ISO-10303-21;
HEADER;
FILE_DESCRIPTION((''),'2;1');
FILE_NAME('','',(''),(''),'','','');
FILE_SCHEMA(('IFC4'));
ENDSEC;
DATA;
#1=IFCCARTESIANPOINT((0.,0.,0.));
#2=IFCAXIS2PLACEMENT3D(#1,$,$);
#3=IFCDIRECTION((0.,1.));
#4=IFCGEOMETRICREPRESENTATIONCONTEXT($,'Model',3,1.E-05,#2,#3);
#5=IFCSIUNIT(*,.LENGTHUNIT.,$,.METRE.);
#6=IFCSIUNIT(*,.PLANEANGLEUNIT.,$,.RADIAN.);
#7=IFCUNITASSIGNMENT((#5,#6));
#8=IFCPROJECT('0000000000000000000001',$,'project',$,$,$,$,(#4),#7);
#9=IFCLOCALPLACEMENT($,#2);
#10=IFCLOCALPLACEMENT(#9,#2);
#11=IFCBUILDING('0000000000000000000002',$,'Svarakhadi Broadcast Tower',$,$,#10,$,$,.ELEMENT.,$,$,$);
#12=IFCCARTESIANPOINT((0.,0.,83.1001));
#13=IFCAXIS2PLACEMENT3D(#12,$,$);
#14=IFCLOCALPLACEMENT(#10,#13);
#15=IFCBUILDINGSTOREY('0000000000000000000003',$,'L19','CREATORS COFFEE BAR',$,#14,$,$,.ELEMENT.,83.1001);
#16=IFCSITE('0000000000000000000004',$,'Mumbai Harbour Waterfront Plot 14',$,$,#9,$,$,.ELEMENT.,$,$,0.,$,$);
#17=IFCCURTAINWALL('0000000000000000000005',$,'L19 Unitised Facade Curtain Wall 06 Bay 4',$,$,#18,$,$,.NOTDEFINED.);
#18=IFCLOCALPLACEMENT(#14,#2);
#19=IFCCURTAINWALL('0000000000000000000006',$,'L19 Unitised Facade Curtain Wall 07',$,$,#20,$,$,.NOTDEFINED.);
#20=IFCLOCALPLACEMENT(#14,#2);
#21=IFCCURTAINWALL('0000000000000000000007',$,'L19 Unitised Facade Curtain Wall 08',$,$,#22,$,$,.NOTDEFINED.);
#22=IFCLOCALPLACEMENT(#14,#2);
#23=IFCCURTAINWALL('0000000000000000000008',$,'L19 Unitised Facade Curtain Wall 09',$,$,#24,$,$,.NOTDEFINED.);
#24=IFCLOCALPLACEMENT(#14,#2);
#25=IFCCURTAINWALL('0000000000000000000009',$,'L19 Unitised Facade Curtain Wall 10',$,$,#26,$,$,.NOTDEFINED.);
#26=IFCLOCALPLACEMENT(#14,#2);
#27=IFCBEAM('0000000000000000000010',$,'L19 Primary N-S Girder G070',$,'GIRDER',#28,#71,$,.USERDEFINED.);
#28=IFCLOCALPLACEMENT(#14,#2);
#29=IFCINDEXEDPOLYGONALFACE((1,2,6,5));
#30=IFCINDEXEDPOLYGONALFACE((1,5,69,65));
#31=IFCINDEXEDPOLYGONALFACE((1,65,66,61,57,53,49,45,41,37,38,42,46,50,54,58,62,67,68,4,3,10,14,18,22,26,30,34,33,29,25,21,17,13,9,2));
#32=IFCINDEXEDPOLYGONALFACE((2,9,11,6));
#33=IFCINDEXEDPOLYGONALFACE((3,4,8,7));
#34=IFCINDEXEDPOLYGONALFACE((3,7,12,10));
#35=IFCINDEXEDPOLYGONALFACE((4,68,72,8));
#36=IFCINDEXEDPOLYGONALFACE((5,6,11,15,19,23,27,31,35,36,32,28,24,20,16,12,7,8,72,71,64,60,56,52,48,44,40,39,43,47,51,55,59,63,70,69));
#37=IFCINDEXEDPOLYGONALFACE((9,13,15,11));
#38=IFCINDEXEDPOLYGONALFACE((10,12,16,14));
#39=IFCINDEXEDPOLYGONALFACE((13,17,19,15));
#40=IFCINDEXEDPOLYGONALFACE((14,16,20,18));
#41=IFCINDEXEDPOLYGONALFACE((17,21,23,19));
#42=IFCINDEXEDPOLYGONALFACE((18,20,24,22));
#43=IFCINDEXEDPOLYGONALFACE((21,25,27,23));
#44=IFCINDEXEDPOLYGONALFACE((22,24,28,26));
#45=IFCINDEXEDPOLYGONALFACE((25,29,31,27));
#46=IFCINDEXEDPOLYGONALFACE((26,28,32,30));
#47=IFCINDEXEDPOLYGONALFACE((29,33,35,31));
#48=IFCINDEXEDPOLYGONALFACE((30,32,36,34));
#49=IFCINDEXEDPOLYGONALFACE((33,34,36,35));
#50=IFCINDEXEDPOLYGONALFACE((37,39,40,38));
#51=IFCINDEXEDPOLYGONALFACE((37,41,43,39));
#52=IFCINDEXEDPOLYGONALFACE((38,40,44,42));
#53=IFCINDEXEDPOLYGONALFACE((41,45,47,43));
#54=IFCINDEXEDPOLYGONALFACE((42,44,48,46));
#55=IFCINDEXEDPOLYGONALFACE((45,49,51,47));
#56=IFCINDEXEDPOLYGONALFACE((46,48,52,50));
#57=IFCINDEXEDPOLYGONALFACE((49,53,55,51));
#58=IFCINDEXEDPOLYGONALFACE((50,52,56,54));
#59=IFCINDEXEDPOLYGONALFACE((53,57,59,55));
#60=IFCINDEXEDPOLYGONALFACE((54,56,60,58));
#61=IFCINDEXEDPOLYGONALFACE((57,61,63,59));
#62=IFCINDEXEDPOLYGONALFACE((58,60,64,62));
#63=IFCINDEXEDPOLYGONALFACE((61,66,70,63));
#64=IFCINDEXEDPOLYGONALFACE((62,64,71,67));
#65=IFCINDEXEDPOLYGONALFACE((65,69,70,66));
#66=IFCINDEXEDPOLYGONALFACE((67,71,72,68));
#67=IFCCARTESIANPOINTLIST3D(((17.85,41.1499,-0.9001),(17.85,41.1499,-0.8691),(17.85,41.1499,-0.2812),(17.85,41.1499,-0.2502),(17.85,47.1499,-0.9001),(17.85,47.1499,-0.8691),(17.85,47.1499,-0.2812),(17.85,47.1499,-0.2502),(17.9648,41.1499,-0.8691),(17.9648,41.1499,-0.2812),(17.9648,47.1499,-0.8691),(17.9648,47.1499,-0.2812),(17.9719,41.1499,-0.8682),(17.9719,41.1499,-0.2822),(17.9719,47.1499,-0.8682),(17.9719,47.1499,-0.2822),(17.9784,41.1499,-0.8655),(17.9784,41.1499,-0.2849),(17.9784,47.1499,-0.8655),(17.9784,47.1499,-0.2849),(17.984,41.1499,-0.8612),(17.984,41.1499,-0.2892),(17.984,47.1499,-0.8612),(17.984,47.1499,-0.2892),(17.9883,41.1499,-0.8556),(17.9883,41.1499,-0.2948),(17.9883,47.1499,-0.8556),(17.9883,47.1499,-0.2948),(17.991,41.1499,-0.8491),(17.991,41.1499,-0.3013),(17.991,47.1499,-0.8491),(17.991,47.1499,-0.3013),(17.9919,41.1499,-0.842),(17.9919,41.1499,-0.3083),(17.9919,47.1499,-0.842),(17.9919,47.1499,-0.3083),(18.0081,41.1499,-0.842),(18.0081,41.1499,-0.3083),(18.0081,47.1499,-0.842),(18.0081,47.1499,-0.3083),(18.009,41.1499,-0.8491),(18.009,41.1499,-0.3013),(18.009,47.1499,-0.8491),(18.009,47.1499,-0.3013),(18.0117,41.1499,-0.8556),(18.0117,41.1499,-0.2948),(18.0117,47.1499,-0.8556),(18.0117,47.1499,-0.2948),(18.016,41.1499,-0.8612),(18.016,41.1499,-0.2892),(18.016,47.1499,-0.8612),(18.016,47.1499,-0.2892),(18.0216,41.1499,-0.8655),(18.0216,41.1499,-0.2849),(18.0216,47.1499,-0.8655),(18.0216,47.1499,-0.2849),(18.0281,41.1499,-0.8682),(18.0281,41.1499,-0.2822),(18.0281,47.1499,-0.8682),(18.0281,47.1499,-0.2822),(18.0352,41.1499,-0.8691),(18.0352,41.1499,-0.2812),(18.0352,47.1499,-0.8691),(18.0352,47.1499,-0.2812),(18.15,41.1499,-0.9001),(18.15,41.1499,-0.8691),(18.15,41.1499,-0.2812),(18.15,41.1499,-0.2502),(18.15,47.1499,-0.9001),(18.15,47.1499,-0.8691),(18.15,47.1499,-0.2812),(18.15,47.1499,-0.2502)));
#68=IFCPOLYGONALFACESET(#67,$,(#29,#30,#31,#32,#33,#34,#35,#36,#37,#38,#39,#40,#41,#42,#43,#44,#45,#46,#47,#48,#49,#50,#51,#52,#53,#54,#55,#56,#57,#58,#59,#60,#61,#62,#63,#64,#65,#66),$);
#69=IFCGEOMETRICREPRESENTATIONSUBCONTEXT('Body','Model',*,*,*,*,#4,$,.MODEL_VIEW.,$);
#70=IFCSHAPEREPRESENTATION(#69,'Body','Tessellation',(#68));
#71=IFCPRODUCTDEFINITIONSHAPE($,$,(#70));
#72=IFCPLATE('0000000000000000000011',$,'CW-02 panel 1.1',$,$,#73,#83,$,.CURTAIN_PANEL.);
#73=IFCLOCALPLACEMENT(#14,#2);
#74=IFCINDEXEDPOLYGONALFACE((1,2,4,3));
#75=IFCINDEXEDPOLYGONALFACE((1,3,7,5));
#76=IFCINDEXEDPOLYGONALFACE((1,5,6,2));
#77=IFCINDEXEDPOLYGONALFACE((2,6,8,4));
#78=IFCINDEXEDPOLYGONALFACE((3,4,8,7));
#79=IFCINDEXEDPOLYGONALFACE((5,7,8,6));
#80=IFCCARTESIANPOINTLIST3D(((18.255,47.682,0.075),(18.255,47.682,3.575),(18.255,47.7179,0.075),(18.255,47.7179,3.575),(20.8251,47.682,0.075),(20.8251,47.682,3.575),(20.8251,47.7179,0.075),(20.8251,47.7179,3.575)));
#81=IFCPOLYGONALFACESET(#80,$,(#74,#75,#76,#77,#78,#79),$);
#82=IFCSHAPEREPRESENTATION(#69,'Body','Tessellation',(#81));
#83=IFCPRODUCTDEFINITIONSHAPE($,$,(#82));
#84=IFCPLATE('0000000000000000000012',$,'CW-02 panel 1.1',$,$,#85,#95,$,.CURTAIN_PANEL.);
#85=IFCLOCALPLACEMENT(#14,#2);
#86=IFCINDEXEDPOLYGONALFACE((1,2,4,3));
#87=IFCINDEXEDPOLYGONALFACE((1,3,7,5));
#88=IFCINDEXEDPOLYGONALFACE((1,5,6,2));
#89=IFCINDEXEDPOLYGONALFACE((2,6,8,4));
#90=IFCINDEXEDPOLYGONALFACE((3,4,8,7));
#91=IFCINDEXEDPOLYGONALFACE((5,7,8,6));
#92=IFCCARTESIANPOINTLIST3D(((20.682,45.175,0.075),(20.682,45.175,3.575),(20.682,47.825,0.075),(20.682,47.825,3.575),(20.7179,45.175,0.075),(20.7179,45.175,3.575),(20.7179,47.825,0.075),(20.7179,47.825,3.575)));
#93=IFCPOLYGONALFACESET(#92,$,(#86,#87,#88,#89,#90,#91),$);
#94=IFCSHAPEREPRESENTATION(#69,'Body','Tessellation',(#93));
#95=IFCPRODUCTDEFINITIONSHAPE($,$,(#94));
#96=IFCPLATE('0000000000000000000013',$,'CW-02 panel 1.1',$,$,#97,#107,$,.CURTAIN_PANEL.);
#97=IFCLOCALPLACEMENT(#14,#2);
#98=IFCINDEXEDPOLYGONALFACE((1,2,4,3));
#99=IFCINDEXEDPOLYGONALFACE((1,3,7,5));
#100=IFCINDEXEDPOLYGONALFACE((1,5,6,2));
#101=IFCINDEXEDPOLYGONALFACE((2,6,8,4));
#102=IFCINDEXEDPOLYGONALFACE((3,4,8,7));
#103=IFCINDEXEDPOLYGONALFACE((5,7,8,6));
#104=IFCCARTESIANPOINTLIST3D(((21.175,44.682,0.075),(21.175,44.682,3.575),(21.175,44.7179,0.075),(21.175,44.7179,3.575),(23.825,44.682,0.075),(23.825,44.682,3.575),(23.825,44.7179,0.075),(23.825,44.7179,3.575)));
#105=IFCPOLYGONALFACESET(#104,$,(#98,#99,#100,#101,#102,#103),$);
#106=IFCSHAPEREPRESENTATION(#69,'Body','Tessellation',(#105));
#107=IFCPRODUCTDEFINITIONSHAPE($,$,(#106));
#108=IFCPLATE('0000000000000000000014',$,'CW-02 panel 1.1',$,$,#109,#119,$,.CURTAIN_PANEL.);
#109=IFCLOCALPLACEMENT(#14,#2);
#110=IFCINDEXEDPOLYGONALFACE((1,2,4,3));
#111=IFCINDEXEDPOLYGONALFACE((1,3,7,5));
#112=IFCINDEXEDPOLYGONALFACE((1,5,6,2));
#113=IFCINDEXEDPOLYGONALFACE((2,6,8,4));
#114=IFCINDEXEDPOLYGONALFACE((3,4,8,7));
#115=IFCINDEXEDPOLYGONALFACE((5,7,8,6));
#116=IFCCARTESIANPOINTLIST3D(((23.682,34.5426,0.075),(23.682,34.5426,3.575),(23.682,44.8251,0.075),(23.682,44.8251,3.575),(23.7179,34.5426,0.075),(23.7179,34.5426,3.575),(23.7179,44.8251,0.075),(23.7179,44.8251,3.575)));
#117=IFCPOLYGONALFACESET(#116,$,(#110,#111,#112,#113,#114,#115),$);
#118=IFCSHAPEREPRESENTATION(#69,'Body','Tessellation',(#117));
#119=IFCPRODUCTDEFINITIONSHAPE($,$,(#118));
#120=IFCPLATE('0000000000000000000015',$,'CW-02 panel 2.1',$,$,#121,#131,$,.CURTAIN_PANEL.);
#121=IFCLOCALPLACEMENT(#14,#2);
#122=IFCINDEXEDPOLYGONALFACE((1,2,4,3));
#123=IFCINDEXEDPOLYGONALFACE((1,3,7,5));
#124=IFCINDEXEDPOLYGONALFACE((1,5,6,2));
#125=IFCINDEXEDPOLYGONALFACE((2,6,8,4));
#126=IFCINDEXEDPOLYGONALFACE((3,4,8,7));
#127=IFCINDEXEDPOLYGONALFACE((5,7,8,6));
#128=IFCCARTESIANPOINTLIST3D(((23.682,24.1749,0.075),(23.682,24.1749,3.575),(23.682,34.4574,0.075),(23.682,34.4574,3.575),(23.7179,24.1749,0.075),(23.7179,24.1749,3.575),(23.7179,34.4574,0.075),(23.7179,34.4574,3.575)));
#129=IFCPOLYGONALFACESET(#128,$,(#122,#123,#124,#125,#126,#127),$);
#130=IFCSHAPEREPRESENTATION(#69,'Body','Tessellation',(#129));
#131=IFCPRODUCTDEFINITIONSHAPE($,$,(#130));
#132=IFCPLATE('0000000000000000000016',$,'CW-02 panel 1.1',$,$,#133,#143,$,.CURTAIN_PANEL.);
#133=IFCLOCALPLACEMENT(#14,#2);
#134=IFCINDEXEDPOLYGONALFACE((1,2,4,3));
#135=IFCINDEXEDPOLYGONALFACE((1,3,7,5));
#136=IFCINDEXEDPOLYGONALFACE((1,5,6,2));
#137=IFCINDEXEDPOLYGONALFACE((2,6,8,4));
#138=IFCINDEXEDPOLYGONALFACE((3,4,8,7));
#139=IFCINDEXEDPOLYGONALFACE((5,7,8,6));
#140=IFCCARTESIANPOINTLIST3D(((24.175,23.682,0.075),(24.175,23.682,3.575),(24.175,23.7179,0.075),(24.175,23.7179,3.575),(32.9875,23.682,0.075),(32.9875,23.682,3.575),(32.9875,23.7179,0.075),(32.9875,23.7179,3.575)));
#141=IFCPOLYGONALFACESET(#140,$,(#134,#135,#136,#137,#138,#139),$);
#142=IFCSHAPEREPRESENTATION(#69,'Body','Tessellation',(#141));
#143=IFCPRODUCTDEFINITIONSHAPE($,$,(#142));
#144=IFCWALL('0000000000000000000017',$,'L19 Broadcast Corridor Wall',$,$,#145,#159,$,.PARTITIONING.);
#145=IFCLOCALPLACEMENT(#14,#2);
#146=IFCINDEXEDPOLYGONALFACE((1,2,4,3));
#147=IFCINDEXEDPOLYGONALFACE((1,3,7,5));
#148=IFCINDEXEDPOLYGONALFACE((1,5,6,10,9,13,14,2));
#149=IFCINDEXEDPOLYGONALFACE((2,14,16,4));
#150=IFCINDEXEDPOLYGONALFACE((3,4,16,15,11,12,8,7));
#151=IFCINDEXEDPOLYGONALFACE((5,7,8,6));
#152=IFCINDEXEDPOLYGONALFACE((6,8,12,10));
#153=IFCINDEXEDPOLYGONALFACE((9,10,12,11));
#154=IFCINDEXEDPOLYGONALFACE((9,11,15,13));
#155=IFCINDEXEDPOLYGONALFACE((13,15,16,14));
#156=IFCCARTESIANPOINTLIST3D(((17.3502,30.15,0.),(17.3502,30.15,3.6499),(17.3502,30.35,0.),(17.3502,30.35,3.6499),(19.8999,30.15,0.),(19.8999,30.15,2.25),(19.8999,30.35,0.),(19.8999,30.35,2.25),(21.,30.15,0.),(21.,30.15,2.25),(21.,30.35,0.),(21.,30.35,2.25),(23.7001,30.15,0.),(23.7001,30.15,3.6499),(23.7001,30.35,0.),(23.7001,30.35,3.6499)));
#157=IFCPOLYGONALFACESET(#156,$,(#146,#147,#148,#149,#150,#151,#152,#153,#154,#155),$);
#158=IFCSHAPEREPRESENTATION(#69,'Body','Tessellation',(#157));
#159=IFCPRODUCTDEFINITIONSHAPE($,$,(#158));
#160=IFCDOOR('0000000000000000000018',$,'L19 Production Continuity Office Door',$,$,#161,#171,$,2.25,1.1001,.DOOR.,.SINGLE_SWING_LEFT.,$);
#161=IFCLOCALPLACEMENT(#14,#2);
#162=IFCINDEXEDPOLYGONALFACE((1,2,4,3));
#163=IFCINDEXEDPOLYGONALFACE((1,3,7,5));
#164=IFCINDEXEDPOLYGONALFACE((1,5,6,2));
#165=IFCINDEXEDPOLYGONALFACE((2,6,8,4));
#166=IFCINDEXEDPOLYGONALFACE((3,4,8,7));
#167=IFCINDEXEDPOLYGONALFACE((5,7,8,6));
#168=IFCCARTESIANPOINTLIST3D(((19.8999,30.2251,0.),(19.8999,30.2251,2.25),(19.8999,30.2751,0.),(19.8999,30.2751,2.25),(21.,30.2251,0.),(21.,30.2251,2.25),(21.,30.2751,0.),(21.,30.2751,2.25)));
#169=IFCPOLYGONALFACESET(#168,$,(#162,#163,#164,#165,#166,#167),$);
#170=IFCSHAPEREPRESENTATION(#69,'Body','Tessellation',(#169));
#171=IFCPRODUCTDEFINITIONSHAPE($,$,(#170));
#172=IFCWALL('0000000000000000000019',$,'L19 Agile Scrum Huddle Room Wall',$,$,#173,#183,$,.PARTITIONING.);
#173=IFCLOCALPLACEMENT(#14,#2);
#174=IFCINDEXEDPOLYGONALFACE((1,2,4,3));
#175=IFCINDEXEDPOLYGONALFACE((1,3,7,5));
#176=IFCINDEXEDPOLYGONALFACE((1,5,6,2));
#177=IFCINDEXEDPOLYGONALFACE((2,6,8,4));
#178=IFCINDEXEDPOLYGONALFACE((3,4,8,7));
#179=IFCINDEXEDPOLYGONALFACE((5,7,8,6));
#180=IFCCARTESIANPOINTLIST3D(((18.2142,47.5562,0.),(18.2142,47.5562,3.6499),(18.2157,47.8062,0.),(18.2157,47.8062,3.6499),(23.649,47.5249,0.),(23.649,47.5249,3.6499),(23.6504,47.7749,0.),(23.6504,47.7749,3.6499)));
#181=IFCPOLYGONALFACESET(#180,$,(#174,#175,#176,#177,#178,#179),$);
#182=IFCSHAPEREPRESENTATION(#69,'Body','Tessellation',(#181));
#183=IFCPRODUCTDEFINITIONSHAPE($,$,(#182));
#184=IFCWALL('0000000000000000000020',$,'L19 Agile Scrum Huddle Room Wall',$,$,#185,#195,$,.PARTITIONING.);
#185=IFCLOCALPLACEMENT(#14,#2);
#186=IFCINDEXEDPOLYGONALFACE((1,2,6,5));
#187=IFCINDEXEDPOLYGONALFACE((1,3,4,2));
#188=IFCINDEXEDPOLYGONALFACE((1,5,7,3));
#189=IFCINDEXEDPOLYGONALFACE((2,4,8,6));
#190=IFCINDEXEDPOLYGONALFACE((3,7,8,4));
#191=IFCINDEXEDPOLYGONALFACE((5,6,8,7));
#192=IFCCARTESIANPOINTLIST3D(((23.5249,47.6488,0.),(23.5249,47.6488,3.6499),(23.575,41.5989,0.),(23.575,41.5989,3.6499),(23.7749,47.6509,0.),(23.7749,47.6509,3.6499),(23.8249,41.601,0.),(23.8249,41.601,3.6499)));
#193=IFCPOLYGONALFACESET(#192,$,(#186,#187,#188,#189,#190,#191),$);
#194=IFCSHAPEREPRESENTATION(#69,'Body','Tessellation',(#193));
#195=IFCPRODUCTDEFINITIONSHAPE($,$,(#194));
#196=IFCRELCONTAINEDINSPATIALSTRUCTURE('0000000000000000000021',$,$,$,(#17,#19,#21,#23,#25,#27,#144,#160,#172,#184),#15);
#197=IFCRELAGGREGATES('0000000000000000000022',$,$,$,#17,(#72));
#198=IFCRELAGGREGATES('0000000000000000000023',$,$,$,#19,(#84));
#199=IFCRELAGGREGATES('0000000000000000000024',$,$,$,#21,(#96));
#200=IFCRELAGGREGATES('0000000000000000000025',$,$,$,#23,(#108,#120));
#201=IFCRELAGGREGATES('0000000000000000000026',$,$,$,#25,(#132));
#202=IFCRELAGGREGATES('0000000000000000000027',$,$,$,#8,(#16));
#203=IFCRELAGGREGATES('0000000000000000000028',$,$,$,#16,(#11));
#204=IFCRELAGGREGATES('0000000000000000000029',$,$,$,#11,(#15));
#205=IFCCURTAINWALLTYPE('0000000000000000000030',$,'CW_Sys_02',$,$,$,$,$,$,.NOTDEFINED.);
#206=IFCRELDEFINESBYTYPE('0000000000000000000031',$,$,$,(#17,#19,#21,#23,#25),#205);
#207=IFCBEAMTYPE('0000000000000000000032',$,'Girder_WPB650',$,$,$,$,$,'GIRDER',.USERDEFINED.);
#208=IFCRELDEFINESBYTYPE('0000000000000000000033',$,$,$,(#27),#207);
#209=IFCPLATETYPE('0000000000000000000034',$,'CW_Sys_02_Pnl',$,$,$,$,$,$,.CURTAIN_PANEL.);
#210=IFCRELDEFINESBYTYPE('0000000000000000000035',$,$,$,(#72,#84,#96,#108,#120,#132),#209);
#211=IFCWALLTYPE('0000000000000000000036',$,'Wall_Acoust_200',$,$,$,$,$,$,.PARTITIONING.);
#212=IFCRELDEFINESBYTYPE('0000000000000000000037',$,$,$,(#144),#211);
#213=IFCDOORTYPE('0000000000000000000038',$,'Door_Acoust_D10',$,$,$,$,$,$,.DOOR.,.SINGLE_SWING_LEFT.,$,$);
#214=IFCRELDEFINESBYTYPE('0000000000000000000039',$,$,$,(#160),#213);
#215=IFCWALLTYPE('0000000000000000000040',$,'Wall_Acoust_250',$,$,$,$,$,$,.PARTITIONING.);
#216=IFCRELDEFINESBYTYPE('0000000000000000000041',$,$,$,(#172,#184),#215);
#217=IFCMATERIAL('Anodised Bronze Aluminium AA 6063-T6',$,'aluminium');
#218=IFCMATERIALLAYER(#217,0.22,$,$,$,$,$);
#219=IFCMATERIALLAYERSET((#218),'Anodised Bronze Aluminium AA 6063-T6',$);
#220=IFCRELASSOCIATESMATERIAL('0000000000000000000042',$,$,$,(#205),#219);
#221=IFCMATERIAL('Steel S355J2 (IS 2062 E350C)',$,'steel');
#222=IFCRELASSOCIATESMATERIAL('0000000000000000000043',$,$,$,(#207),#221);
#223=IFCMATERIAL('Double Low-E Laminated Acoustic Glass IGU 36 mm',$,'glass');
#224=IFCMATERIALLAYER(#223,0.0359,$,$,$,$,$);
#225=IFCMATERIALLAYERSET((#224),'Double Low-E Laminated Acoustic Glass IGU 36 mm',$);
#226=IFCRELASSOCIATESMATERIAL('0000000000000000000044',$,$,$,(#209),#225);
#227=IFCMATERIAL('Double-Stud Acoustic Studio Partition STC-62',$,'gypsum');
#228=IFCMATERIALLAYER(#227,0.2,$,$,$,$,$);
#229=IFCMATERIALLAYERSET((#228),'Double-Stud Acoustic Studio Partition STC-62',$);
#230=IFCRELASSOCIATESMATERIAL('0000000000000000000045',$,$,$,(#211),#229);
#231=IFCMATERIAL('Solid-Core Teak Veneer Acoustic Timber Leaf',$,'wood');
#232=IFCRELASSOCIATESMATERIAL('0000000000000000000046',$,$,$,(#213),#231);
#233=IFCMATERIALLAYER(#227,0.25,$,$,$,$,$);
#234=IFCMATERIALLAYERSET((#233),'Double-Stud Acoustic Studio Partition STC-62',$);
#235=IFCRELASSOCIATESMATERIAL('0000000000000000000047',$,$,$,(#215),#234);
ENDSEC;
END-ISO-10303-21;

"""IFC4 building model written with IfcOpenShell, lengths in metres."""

from ifc_helpers import new_model, si_unit, direction, frame, frame_2d, origin, origin_2d, place, context, subcontext, project, spatial, rectangle, i_section, extrude, material, layer, layer_set, material_profile, profile_set, type_object, element, fill, aggregate, save


model = new_model("IFC4")

# Units and contexts
model_context = context("Model", 3, precision=1e-05, world=origin(), true_north=direction((0.0, 1.0)))
body_context = subcontext(model_context, "Body", "Model", "MODEL_VIEW")
ifc_project = project(units=[si_unit("LENGTHUNIT", "METRE"), si_unit("PLANEANGLEUNIT", "RADIAN")], contexts=[model_context])

# Site, building, storey
site_placement = place(None, origin())
site = spatial("IfcSite", under=ifc_project, at=site_placement, Name="Mumbai Harbour Waterfront Plot 14", CompositionType="ELEMENT", RefElevation=0.0)
building_placement = place(site_placement, origin())
building = spatial("IfcBuilding", under=site, at=building_placement, Name="Svarakhadi Broadcast Tower", CompositionType="ELEMENT")
storey_placement = place(building_placement, frame((0.0, 0.0, 83.1001)))
storey = spatial("IfcBuildingStorey", under=building, at=storey_placement, Name="L19", Description="CREATORS COFFEE BAR", CompositionType="ELEMENT", Elevation=83.1001)

# Curtain walls
ifc_material_1 = material(Name="Anodised Bronze Aluminium AA 6063-T6", Category="aluminium")
ifc_layer_1 = layer(ifc_material_1, 0.22)
ifc_layer_set_1 = layer_set([ifc_layer_1], Name="Anodised Bronze Aluminium AA 6063-T6")
curtain_wall_type = type_object("IfcCurtainWallType", Name="CW_Sys_02", PredefinedType="NOTDEFINED", material=ifc_layer_set_1)
curtain_wall_1_placement = place(storey_placement, origin())
curtain_wall_1 = element("IfcCurtainWall", 1, at=curtain_wall_1_placement, inside=storey, type_object=curtain_wall_type, Name="L19 Unitised Facade Curtain Wall 06 Bay 4", PredefinedType="NOTDEFINED")
curtain_wall_2_placement = place(storey_placement, origin())
curtain_wall_2 = element("IfcCurtainWall", 2, at=curtain_wall_2_placement, inside=storey, type_object=curtain_wall_type, Name="L19 Unitised Facade Curtain Wall 07", PredefinedType="NOTDEFINED")
curtain_wall_3_placement = place(storey_placement, origin())
curtain_wall_3 = element("IfcCurtainWall", 3, at=curtain_wall_3_placement, inside=storey, type_object=curtain_wall_type, Name="L19 Unitised Facade Curtain Wall 08", PredefinedType="NOTDEFINED")
curtain_wall_4_placement = place(storey_placement, origin())
curtain_wall_4 = element("IfcCurtainWall", 4, at=curtain_wall_4_placement, inside=storey, type_object=curtain_wall_type, Name="L19 Unitised Facade Curtain Wall 09", PredefinedType="NOTDEFINED")

# Curtain wall
curtain_wall_5_placement = place(storey_placement, origin())
curtain_wall_5 = element("IfcCurtainWall", 5, at=curtain_wall_5_placement, inside=storey, type_object=curtain_wall_type, Name="L19 Unitised Facade Curtain Wall 10", PredefinedType="NOTDEFINED")

# Beam
ifc_material_2 = material(Name="Steel S355J2 (IS 2062 E350C)", Category="steel")
ifc_material_profile_1 = material_profile(ifc_material_2, i_section(OverallWidth=0.3, OverallDepth=0.6499, WebThickness=0.0161, FlangeThickness=0.031, FilletRadius=0.0271, at=origin_2d()), Name="WPB 650x300x225")
ifc_profile_set_1 = profile_set([ifc_material_profile_1], Name="Steel S355J2 (IS 2062 E350C)")
beam_type = type_object("IfcBeamType", Name="Girder_WPB650", ElementType="GIRDER", PredefinedType="USERDEFINED", material=ifc_profile_set_1)
beam_placement = place(storey_placement, frame((18.0, 41.1499, -0.5752), z_axis=(0.0, 1.0, 0.0), x_axis=(-1.0, 0.0, 0.0)))
element("IfcBeam", 6, at=beam_placement, inside=storey, type_object=beam_type, Name="L19 Primary N-S Girder G070", ObjectType="GIRDER", PredefinedType="USERDEFINED", context=body_context, shape_type="SweptSolid", body=[
    extrude(i_section(OverallWidth=0.3, OverallDepth=0.6499, WebThickness=0.0161, FlangeThickness=0.031, FilletRadius=0.0271, at=origin_2d()), origin(), (0.0, 0.0, 1.0), 6.0),
])

# Plates
ifc_material_3 = material(Name="Double Low-E Laminated Acoustic Glass IGU 36 mm", Category="glass")
ifc_layer_2 = layer(ifc_material_3, 0.0359)
ifc_layer_set_2 = layer_set([ifc_layer_2], Name="Double Low-E Laminated Acoustic Glass IGU 36 mm")
plate_type = type_object("IfcPlateType", Name="CW_Sys_02_Pnl", PredefinedType="CURTAIN_PANEL", material=ifc_layer_set_2)
plate_1_placement = place(storey_placement, frame((19.54, 47.7, 0.075), z_axis=(0.0, 0.0, 1.0), x_axis=(1.0, 0.0, 0.0)))
plate_1 = element("IfcPlate", 7, at=plate_1_placement, type_object=plate_type, Name="CW-02 panel 1.1", PredefinedType="CURTAIN_PANEL", context=body_context, shape_type="SweptSolid", body=[
    extrude(rectangle(XDim=2.5701, YDim=0.0359, at=origin_2d()), origin(), (0.0, 0.0, 1.0), 3.5),
])
aggregate(curtain_wall_1, [plate_1])
plate_2_placement = place(storey_placement, frame((20.7, 46.5, 0.075), z_axis=(0.0, 0.0, 1.0), x_axis=(0.0, -1.0, 0.0)))
plate_2 = element("IfcPlate", 8, at=plate_2_placement, type_object=plate_type, Name="CW-02 panel 1.1", PredefinedType="CURTAIN_PANEL", context=body_context, shape_type="SweptSolid", body=[
    extrude(rectangle(XDim=2.6499, YDim=0.0359, at=origin_2d()), origin(), (0.0, 0.0, 1.0), 3.5),
])
aggregate(curtain_wall_2, [plate_2])
plate_3_placement = place(storey_placement, frame((22.5, 44.7, 0.075), z_axis=(0.0, 0.0, 1.0), x_axis=(1.0, 0.0, 0.0)))
plate_3 = element("IfcPlate", 9, at=plate_3_placement, type_object=plate_type, Name="CW-02 panel 1.1", PredefinedType="CURTAIN_PANEL", context=body_context, shape_type="SweptSolid", body=[
    extrude(rectangle(XDim=2.6499, YDim=0.0359, at=origin_2d()), origin(), (0.0, 0.0, 1.0), 3.5),
])
aggregate(curtain_wall_3, [plate_3])
plate_4_placement = place(storey_placement, frame((23.7, 39.6838, 0.075), z_axis=(0.0, 0.0, 1.0), x_axis=(0.0, -1.0, 0.0)))
plate_4 = element("IfcPlate", 10, at=plate_4_placement, type_object=plate_type, Name="CW-02 panel 1.1", PredefinedType="CURTAIN_PANEL", context=body_context, shape_type="SweptSolid", body=[
    extrude(rectangle(XDim=10.2825, YDim=0.0359, at=origin_2d()), origin(), (0.0, 0.0, 1.0), 3.5),
])
plate_5_placement = place(storey_placement, frame((23.7, 29.3162, 0.075), z_axis=(0.0, 0.0, 1.0), x_axis=(0.0, -1.0, 0.0)))
plate_5 = element("IfcPlate", 11, at=plate_5_placement, type_object=plate_type, Name="CW-02 panel 2.1", PredefinedType="CURTAIN_PANEL", context=body_context, shape_type="SweptSolid", body=[
    extrude(rectangle(XDim=10.2825, YDim=0.0359, at=origin_2d()), origin(), (0.0, 0.0, 1.0), 3.5),
])
aggregate(curtain_wall_4, [plate_4, plate_5])
plate_6_placement = place(storey_placement, frame((28.5813, 23.7, 0.075), z_axis=(0.0, 0.0, 1.0), x_axis=(1.0, 0.0, 0.0)))
plate_6 = element("IfcPlate", 12, at=plate_6_placement, type_object=plate_type, Name="CW-02 panel 1.1", PredefinedType="CURTAIN_PANEL", context=body_context, shape_type="SweptSolid", body=[
    extrude(rectangle(XDim=8.8125, YDim=0.0359, at=origin_2d()), origin(), (0.0, 0.0, 1.0), 3.5),
])
aggregate(curtain_wall_5, [plate_6])

# Wall, opening, door
ifc_material_4 = material(Name="Double-Stud Acoustic Studio Partition STC-62", Category="gypsum")
ifc_layer_3 = layer(ifc_material_4, 0.2)
ifc_layer_set_3 = layer_set([ifc_layer_3], Name="Double-Stud Acoustic Studio Partition STC-62")
wall_type_1 = type_object("IfcWallType", Name="Wall_Acoust_200", PredefinedType="PARTITIONING", material=ifc_layer_set_3)
wall_1_placement = place(storey_placement, frame((23.7, 30.25, 0.0), z_axis=(0.0, 0.0, 1.0), x_axis=(-1.0, 0.0, 0.0)))
wall_1 = element("IfcWall", 13, at=wall_1_placement, inside=storey, type_object=wall_type_1, Name="L19 Broadcast Corridor Wall", PredefinedType="PARTITIONING", context=body_context, shape_type="SweptSolid", body=[
    extrude(rectangle(XDim=6.3499, YDim=0.2, at=frame_2d((3.1748, 0.0))), origin(), (0.0, 0.0, 1.0), 3.6499),
])
opening_placement = place(wall_1_placement, frame((2.7, 0.0, 0.0)))
opening = element("IfcOpeningElement", 14, at=opening_placement, cuts=wall_1, PredefinedType="OPENING", context=body_context, shape_type="SweptSolid", body=[
    extrude(rectangle(XDim=1.1001, YDim=2.25, at=frame_2d((0.55, 1.125))), frame((0.0, 0.1099, 0.0), z_axis=(0.0, -1.0, 0.0), x_axis=(1.0, 0.0, 0.0)), (0.0, 0.0, 1.0), 0.22),
])
ifc_material_5 = material(Name="Solid-Core Teak Veneer Acoustic Timber Leaf", Category="wood")
door_type = type_object("IfcDoorType", Name="Door_Acoust_D10", OperationType="SINGLE_SWING_LEFT", PredefinedType="DOOR", material=ifc_material_5)
door_placement = place(opening_placement, origin())
door = element("IfcDoor", 15, at=door_placement, inside=storey, type_object=door_type, Name="L19 Production Continuity Office Door", OperationType="SINGLE_SWING_LEFT", OverallHeight=2.25, OverallWidth=1.1001, PredefinedType="DOOR", context=body_context, shape_type="SweptSolid", body=[
    extrude(rectangle(XDim=1.1001, YDim=2.25, at=frame_2d((0.55, 1.125))), frame((0.0, 0.0249, 0.0), z_axis=(0.0, -1.0, 0.0), x_axis=(1.0, 0.0, 0.0)), (0.0, 0.0, 1.0), 0.05),
])
fill(opening, door)

# Walls
ifc_layer_4 = layer(ifc_material_4, 0.25)
ifc_layer_set_4 = layer_set([ifc_layer_4], Name="Double-Stud Acoustic Studio Partition STC-62")
wall_type_2 = type_object("IfcWallType", Name="Wall_Acoust_250", PredefinedType="PARTITIONING", material=ifc_layer_set_4)
wall_2_placement = place(storey_placement, frame((18.2151, 47.6812, 0.0), z_axis=(0.0, 0.0, 1.0), x_axis=(0.999983, -0.00575, 0.0)))
element("IfcWall", 16, at=wall_2_placement, inside=storey, type_object=wall_type_2, Name="L19 Agile Scrum Huddle Room Wall", PredefinedType="PARTITIONING", context=body_context, shape_type="SweptSolid", body=[
    extrude(rectangle(XDim=5.4348, YDim=0.25, at=frame_2d((2.7173, 0.0))), origin(), (0.0, 0.0, 1.0), 3.6499),
])
wall_3_placement = place(storey_placement, frame((23.7, 41.6001, 0.0), z_axis=(0.0, 0.0, 1.0), x_axis=(-0.008273, 0.999966, 0.0)))
element("IfcWall", 17, at=wall_3_placement, inside=storey, type_object=wall_type_2, Name="L19 Agile Scrum Huddle Room Wall", PredefinedType="PARTITIONING", context=body_context, shape_type="SweptSolid", body=[
    extrude(rectangle(XDim=6.05, YDim=0.25, at=frame_2d((3.0249, 0.0))), origin(), (0.0, 0.0, 1.0), 3.6499),
])

save(model, "model.ifc")
